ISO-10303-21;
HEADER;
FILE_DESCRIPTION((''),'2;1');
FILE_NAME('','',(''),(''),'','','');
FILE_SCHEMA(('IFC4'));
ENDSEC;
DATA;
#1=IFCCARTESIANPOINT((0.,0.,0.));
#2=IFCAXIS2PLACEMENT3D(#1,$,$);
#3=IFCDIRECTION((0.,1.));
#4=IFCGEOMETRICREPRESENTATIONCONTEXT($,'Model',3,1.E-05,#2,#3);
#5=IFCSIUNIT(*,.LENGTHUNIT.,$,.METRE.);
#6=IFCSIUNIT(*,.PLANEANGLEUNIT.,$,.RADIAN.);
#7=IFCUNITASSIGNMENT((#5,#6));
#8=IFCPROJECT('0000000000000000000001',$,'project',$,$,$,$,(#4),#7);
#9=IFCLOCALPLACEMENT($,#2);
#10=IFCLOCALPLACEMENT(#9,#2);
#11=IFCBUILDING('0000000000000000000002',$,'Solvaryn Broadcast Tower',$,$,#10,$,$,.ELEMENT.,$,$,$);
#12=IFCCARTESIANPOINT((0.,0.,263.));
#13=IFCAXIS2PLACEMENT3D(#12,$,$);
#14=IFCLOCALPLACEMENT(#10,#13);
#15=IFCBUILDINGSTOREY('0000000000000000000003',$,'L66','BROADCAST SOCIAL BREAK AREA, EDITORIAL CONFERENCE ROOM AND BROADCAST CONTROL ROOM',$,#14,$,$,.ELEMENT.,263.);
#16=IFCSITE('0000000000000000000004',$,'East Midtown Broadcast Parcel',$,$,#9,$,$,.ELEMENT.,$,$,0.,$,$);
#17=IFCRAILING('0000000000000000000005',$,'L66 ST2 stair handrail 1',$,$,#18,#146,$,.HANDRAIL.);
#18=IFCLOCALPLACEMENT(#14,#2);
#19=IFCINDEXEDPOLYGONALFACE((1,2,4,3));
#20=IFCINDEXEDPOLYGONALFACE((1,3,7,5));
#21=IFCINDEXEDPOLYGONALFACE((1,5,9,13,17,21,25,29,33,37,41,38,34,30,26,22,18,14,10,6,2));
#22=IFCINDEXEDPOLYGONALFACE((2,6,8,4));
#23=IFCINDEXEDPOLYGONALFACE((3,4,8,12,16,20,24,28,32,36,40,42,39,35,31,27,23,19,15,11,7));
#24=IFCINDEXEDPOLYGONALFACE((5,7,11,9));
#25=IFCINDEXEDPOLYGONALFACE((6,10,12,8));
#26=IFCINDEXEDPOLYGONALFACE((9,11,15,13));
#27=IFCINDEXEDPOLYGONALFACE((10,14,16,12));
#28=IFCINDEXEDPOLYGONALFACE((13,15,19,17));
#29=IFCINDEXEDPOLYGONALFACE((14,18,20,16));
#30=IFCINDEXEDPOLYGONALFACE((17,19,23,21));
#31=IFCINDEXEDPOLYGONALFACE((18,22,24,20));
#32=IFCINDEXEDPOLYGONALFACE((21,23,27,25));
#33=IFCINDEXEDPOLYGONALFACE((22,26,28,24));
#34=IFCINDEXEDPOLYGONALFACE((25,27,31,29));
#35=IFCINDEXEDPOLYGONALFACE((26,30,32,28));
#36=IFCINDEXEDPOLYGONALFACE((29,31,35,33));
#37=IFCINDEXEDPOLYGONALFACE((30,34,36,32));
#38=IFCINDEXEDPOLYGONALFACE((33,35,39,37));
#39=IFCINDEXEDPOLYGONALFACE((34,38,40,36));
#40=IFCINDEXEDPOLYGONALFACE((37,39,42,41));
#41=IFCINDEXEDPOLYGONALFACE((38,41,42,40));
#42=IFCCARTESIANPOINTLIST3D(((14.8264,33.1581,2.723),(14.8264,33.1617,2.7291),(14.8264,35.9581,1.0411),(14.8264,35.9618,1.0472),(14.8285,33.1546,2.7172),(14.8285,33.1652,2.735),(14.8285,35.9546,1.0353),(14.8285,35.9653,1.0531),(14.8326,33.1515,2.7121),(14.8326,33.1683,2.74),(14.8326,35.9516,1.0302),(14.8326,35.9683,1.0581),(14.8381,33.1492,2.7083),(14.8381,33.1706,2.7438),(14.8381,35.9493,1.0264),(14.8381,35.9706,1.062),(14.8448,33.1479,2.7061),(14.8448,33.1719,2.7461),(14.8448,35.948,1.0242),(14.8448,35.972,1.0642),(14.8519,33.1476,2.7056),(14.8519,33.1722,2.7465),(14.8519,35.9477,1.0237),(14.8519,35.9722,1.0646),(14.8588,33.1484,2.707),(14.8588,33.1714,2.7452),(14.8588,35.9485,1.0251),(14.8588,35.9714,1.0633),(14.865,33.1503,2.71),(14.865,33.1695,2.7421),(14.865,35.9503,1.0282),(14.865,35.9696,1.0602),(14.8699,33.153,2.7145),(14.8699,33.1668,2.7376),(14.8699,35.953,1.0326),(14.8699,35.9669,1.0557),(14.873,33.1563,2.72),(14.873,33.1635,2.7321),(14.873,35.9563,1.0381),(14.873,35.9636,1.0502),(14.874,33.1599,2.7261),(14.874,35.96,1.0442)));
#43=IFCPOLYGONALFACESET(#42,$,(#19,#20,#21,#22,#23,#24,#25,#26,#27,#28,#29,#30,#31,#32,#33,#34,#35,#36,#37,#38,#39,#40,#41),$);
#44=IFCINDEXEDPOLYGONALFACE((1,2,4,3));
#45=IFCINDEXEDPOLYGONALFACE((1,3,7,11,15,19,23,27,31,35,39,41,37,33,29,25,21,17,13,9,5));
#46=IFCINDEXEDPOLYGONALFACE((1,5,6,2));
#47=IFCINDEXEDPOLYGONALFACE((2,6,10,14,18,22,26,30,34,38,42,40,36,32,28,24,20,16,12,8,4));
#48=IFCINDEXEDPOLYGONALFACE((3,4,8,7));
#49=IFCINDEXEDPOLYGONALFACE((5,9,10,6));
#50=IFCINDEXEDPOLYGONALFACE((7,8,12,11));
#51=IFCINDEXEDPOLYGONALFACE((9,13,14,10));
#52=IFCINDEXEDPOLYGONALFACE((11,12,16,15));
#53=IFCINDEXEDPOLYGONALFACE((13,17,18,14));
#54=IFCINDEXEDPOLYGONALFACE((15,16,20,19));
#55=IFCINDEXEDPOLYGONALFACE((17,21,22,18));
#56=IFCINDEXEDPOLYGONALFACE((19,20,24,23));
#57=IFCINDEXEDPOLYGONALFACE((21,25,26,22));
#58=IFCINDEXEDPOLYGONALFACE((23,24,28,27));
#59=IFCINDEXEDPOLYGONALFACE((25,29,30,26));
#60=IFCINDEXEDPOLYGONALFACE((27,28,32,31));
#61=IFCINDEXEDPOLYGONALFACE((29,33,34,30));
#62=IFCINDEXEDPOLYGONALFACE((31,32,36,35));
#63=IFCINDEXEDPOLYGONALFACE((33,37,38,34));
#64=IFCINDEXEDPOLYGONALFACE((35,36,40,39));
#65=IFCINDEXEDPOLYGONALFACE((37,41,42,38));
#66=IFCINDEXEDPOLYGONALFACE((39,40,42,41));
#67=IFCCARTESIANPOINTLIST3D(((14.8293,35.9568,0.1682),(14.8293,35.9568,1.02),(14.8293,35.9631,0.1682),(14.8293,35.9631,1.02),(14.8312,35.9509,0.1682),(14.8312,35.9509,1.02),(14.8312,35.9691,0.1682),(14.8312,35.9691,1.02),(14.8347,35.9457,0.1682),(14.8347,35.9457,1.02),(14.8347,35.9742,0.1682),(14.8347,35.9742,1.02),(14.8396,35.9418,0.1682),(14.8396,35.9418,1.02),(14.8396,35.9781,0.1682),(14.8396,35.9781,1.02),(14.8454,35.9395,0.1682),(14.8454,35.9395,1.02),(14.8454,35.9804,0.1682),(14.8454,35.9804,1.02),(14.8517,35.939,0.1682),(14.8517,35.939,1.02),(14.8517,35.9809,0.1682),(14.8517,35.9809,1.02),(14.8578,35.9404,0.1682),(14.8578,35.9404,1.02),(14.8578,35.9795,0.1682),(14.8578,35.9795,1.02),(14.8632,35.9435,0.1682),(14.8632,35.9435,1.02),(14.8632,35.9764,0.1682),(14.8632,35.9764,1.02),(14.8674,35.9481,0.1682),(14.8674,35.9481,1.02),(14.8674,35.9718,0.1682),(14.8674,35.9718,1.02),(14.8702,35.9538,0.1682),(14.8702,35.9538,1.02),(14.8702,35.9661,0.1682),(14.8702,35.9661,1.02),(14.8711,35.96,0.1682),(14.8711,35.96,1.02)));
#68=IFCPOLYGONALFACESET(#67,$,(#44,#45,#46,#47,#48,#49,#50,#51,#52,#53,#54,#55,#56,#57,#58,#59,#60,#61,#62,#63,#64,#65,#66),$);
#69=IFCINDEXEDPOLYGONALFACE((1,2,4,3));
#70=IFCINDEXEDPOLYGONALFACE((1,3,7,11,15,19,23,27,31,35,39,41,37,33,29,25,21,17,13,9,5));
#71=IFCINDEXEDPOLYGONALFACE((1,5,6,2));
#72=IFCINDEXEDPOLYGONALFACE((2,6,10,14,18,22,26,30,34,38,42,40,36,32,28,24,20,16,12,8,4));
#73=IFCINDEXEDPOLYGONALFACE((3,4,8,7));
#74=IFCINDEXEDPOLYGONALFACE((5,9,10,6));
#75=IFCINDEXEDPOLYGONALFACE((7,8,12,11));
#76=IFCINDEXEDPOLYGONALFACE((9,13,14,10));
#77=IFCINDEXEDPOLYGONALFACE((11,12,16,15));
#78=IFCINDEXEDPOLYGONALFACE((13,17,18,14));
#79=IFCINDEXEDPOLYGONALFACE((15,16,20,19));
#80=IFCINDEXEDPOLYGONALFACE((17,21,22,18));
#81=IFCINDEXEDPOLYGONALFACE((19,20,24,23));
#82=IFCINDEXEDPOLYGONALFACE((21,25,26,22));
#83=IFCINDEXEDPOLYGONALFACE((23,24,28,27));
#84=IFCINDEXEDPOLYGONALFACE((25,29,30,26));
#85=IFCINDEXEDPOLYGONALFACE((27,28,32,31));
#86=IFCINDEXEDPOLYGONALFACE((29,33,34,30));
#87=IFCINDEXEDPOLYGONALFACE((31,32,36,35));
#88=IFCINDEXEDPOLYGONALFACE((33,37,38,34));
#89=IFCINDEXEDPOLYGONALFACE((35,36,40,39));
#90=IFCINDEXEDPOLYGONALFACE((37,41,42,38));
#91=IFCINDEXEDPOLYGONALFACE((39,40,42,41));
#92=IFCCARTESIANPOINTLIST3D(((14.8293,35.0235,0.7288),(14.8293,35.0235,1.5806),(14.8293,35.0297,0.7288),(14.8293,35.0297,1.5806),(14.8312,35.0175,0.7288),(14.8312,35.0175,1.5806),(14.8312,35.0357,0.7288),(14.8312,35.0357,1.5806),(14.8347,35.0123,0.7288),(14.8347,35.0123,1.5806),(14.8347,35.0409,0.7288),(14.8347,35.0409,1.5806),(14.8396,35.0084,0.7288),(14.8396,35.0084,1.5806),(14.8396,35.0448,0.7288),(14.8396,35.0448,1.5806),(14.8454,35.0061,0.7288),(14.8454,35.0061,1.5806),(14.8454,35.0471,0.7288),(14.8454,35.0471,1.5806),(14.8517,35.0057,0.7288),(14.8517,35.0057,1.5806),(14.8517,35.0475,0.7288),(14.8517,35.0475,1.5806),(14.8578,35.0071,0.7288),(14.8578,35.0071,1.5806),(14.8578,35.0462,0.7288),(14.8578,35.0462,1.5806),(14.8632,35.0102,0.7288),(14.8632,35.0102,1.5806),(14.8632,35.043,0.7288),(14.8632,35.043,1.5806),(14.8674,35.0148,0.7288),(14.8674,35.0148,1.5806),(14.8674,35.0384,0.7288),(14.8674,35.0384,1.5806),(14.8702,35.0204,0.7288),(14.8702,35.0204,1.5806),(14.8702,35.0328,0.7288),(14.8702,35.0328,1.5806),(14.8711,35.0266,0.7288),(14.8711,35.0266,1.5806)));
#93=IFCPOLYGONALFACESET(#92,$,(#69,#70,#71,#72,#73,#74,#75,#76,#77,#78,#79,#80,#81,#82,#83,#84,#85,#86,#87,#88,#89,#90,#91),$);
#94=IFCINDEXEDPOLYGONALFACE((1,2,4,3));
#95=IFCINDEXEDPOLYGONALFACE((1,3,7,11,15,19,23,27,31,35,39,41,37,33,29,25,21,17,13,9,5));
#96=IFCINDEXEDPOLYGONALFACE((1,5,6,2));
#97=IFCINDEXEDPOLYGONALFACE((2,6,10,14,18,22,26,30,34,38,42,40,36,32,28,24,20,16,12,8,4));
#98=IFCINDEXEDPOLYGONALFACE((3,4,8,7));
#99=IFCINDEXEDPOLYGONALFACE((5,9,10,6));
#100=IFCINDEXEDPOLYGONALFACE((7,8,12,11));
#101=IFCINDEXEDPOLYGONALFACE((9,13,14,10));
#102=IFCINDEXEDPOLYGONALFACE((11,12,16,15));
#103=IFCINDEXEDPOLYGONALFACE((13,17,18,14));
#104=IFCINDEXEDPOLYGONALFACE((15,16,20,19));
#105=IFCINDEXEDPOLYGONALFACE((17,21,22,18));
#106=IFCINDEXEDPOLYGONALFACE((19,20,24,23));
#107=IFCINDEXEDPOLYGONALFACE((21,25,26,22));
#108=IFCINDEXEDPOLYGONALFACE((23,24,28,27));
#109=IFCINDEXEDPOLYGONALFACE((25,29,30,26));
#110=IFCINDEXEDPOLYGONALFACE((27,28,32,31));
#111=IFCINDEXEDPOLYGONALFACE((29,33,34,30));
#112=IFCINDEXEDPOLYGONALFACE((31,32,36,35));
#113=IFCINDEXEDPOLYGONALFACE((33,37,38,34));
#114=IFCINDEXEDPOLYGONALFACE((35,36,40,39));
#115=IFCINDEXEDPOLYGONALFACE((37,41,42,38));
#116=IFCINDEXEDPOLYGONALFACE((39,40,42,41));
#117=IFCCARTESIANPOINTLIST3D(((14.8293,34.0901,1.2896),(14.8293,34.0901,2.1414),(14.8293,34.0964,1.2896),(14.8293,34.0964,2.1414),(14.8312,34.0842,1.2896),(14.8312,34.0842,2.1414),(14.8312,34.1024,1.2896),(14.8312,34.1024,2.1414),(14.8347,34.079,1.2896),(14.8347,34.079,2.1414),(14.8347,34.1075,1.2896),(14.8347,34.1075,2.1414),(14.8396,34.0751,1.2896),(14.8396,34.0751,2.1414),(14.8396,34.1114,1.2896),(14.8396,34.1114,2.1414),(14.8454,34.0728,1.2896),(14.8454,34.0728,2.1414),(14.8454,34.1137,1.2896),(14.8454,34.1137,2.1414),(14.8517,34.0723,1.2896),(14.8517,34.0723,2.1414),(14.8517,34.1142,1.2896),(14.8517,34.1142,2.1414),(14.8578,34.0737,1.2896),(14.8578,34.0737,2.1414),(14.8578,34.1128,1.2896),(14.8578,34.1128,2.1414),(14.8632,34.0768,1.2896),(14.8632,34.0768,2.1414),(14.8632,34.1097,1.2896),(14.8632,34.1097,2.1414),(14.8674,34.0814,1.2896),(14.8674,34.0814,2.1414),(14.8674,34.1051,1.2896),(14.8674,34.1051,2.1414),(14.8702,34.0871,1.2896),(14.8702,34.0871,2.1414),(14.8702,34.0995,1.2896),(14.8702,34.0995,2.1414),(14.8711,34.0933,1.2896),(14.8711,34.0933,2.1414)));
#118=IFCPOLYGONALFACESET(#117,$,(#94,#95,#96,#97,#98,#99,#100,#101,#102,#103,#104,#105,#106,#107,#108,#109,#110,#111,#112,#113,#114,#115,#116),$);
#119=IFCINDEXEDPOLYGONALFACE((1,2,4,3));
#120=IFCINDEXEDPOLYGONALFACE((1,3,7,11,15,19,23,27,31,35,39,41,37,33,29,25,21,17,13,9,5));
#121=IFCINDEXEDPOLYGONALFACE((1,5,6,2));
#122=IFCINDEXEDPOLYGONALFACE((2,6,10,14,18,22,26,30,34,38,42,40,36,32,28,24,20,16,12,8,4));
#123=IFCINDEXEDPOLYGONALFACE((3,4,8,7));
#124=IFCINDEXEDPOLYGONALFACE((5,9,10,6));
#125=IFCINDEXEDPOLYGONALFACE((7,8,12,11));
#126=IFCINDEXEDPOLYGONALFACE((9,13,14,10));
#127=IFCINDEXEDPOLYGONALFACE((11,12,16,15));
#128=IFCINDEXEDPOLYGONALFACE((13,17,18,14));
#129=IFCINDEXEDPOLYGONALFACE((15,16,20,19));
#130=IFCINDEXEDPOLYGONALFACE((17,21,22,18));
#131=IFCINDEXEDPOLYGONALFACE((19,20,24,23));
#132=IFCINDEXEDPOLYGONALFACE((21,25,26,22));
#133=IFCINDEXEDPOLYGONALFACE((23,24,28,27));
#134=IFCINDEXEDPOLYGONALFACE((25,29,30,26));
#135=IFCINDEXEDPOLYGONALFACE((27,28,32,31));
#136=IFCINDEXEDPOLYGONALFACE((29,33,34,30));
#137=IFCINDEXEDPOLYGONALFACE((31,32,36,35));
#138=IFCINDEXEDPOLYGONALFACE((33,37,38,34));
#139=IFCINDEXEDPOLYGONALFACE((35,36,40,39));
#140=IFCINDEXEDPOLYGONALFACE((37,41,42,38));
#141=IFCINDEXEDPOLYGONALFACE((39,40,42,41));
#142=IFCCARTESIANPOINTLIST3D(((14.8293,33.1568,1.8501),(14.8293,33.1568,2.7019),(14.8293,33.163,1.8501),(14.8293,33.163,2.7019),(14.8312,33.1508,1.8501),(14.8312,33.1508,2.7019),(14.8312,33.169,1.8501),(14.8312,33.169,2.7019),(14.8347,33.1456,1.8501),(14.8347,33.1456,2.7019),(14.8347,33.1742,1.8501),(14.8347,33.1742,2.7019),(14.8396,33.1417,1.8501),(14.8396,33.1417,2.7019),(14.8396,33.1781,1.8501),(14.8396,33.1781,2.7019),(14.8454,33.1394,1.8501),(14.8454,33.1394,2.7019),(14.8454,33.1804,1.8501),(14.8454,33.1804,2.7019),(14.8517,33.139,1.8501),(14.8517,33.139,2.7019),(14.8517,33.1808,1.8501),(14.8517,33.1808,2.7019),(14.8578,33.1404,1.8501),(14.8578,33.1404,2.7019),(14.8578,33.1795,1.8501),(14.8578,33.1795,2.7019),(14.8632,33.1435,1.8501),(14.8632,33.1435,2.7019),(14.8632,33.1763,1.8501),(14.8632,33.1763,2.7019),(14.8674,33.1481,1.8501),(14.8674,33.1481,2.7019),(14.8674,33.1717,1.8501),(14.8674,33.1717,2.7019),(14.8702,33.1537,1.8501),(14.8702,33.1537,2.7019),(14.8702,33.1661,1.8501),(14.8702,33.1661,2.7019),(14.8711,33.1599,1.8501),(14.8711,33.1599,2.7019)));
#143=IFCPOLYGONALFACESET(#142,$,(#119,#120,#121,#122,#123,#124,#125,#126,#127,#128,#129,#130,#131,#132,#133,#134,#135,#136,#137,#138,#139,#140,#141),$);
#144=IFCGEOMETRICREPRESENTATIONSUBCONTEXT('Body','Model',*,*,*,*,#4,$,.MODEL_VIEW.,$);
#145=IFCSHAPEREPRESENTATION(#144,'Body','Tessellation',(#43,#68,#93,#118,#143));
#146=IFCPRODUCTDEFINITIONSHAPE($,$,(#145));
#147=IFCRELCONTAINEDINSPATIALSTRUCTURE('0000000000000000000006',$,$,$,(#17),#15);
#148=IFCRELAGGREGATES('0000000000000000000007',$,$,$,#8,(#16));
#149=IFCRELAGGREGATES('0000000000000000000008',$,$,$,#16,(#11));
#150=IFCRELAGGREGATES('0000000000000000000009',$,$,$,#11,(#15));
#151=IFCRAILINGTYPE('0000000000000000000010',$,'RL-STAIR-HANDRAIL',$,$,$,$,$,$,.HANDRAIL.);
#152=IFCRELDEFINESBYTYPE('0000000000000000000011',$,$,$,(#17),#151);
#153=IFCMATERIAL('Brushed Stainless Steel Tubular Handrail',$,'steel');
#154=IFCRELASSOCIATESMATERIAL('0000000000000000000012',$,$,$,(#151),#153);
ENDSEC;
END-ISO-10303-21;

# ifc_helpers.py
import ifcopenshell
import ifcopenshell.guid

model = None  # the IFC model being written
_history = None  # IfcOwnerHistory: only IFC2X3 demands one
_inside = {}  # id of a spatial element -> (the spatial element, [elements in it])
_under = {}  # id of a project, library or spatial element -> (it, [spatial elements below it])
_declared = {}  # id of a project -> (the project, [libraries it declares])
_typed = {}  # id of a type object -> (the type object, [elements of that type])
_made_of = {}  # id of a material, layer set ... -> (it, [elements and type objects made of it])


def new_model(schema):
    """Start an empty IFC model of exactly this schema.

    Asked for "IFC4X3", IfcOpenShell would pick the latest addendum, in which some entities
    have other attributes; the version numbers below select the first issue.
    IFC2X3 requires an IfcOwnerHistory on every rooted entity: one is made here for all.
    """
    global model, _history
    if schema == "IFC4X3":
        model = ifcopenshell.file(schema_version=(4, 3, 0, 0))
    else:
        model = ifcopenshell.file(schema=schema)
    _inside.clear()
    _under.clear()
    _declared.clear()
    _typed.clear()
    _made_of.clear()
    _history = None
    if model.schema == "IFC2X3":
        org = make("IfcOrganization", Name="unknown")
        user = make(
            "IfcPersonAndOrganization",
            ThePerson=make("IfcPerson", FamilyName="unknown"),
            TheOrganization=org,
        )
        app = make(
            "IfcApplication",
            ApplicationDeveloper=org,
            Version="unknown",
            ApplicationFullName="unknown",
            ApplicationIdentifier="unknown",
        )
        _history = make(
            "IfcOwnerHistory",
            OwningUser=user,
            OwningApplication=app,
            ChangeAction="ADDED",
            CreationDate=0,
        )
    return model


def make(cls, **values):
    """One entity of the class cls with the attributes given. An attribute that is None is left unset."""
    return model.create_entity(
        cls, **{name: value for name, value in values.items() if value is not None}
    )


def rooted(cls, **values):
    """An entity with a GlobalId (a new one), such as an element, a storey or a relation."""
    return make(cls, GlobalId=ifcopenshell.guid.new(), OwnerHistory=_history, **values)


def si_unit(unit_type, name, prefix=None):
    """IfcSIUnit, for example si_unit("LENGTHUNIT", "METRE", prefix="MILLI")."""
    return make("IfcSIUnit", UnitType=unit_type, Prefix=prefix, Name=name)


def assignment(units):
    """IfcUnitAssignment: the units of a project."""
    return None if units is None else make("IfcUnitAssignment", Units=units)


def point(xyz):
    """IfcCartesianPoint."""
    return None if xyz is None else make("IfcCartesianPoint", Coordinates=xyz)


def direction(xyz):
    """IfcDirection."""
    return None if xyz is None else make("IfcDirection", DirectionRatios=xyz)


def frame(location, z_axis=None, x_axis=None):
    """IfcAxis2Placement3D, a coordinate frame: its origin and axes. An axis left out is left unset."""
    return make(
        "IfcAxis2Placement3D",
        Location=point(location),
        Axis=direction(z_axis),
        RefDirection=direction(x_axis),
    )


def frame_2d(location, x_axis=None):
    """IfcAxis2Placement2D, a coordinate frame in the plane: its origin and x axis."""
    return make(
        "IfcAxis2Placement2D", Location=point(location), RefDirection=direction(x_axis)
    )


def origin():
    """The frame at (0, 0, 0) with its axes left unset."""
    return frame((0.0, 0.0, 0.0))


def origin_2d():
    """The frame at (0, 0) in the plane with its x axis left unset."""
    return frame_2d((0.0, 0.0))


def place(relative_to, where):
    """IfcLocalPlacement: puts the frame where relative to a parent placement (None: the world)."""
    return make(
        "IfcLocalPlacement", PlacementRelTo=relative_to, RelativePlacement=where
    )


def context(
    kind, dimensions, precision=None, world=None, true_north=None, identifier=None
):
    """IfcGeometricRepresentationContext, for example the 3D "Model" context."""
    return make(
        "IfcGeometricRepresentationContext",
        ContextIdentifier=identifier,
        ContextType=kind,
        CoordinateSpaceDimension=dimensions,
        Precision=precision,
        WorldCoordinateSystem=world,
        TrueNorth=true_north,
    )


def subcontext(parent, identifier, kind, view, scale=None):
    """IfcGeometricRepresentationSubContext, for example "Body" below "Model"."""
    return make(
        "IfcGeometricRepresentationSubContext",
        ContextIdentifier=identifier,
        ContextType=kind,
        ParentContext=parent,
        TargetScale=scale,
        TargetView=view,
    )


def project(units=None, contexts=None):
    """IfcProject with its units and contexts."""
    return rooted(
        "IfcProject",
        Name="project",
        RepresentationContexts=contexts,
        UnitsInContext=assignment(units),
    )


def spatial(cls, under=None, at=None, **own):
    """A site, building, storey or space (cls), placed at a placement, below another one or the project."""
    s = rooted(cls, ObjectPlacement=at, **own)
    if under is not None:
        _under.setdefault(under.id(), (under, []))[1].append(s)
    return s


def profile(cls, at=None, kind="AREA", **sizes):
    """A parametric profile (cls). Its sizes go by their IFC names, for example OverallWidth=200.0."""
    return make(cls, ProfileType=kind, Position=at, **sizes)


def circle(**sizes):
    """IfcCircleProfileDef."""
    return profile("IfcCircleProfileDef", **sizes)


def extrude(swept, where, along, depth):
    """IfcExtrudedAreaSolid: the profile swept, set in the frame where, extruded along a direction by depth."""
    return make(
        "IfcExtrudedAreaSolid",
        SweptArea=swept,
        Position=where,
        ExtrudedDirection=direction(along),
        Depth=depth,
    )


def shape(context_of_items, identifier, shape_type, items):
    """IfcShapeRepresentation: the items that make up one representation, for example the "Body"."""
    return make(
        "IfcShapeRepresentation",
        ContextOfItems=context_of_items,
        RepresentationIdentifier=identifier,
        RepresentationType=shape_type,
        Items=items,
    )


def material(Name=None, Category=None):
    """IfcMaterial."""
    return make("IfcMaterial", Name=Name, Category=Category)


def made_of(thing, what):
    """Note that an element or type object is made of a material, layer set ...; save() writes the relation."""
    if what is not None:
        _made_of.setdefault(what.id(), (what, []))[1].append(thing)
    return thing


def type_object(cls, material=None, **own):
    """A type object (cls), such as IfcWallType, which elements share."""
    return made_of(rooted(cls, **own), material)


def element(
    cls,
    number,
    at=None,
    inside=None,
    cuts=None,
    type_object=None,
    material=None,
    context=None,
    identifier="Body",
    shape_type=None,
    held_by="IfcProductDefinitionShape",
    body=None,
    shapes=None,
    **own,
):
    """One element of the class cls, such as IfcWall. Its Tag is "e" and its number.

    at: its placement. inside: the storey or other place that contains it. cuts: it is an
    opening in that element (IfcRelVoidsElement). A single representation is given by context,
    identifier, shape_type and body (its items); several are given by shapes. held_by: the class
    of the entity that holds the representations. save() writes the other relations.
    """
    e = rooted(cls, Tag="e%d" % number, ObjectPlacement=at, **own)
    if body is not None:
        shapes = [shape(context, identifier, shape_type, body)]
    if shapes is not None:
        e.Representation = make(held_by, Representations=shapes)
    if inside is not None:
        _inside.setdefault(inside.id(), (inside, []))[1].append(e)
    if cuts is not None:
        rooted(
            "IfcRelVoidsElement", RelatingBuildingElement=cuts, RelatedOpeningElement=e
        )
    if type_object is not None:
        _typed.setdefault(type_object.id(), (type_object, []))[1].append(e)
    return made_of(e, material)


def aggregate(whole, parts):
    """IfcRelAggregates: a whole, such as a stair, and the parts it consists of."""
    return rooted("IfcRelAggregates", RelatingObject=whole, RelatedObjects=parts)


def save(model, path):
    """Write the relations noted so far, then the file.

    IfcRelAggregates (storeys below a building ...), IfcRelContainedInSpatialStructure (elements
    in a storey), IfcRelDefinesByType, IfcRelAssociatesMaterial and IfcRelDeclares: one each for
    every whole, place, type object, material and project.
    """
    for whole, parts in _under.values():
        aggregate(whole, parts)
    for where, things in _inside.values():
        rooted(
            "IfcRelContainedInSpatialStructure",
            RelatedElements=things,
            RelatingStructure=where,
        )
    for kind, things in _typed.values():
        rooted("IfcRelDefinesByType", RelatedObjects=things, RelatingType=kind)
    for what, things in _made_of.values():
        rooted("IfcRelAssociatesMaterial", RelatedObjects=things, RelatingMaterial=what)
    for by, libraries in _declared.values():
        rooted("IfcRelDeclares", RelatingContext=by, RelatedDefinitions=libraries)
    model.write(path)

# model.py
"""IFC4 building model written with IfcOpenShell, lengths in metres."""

from ifc_helpers import new_model, si_unit, direction, frame, origin, origin_2d, place, context, subcontext, project, spatial, circle, extrude, material, type_object, element, save


model = new_model("IFC4")

# Units and contexts
model_context = context("Model", 3, precision=1e-05, world=origin(), true_north=direction((0.0, 1.0)))
body_context = subcontext(model_context, "Body", "Model", "MODEL_VIEW")
ifc_project = project(units=[si_unit("LENGTHUNIT", "METRE"), si_unit("PLANEANGLEUNIT", "RADIAN")], contexts=[model_context])

# Site, building, storey
site_placement = place(None, origin())
site = spatial("IfcSite", under=ifc_project, at=site_placement, Name="East Midtown Broadcast Parcel", CompositionType="ELEMENT", RefElevation=0.0)
building_placement = place(site_placement, origin())
building = spatial("IfcBuilding", under=site, at=building_placement, Name="Solvaryn Broadcast Tower", CompositionType="ELEMENT")
storey_placement = place(building_placement, frame((0.0, 0.0, 263.0)))
storey = spatial("IfcBuildingStorey", under=building, at=storey_placement, Name="L66", Description="BROADCAST SOCIAL BREAK AREA, EDITORIAL CONFERENCE ROOM AND BROADCAST CONTROL ROOM", CompositionType="ELEMENT", Elevation=263.0)

# Railing
ifc_material_1 = material(Name="Brushed Stainless Steel Tubular Handrail", Category="steel")
railing_type_1 = type_object("IfcRailingType", Name="RL-STAIR-HANDRAIL", PredefinedType="HANDRAIL", material=ifc_material_1)
railing_1_placement = place(storey_placement, frame((14.8501, 35.96, 0.1682)))
element("IfcRailing", 1, at=railing_1_placement, inside=storey, type_object=railing_type_1, Name="L66 ST2 stair handrail 1", PredefinedType="HANDRAIL", context=body_context, shape_type="SweptSolid", body=[
    extrude(circle(Radius=0.0239, at=origin_2d()), frame((0.0, 0.0, 0.876), z_axis=(0.0, -0.857242, 0.514913), x_axis=(1.0, 0.0, 0.0)), (0.0, 0.0, 1.0), 3.2664),
    extrude(circle(Radius=0.021, at=origin_2d()), origin(), (0.0, 0.0, 1.0), 0.8518),
    extrude(circle(Radius=0.021, at=origin_2d()), frame((0.0, -0.9333, 0.5605)), (0.0, 0.0, 1.0), 0.8518),
    extrude(circle(Radius=0.021, at=origin_2d()), frame((0.0, -1.8667, 1.1213)), (0.0, 0.0, 1.0), 0.8518),
    extrude(circle(Radius=0.021, at=origin_2d()), frame((0.0, -2.8, 1.6819)), (0.0, 0.0, 1.0), 0.8518),
])

save(model, "model.ifc")
